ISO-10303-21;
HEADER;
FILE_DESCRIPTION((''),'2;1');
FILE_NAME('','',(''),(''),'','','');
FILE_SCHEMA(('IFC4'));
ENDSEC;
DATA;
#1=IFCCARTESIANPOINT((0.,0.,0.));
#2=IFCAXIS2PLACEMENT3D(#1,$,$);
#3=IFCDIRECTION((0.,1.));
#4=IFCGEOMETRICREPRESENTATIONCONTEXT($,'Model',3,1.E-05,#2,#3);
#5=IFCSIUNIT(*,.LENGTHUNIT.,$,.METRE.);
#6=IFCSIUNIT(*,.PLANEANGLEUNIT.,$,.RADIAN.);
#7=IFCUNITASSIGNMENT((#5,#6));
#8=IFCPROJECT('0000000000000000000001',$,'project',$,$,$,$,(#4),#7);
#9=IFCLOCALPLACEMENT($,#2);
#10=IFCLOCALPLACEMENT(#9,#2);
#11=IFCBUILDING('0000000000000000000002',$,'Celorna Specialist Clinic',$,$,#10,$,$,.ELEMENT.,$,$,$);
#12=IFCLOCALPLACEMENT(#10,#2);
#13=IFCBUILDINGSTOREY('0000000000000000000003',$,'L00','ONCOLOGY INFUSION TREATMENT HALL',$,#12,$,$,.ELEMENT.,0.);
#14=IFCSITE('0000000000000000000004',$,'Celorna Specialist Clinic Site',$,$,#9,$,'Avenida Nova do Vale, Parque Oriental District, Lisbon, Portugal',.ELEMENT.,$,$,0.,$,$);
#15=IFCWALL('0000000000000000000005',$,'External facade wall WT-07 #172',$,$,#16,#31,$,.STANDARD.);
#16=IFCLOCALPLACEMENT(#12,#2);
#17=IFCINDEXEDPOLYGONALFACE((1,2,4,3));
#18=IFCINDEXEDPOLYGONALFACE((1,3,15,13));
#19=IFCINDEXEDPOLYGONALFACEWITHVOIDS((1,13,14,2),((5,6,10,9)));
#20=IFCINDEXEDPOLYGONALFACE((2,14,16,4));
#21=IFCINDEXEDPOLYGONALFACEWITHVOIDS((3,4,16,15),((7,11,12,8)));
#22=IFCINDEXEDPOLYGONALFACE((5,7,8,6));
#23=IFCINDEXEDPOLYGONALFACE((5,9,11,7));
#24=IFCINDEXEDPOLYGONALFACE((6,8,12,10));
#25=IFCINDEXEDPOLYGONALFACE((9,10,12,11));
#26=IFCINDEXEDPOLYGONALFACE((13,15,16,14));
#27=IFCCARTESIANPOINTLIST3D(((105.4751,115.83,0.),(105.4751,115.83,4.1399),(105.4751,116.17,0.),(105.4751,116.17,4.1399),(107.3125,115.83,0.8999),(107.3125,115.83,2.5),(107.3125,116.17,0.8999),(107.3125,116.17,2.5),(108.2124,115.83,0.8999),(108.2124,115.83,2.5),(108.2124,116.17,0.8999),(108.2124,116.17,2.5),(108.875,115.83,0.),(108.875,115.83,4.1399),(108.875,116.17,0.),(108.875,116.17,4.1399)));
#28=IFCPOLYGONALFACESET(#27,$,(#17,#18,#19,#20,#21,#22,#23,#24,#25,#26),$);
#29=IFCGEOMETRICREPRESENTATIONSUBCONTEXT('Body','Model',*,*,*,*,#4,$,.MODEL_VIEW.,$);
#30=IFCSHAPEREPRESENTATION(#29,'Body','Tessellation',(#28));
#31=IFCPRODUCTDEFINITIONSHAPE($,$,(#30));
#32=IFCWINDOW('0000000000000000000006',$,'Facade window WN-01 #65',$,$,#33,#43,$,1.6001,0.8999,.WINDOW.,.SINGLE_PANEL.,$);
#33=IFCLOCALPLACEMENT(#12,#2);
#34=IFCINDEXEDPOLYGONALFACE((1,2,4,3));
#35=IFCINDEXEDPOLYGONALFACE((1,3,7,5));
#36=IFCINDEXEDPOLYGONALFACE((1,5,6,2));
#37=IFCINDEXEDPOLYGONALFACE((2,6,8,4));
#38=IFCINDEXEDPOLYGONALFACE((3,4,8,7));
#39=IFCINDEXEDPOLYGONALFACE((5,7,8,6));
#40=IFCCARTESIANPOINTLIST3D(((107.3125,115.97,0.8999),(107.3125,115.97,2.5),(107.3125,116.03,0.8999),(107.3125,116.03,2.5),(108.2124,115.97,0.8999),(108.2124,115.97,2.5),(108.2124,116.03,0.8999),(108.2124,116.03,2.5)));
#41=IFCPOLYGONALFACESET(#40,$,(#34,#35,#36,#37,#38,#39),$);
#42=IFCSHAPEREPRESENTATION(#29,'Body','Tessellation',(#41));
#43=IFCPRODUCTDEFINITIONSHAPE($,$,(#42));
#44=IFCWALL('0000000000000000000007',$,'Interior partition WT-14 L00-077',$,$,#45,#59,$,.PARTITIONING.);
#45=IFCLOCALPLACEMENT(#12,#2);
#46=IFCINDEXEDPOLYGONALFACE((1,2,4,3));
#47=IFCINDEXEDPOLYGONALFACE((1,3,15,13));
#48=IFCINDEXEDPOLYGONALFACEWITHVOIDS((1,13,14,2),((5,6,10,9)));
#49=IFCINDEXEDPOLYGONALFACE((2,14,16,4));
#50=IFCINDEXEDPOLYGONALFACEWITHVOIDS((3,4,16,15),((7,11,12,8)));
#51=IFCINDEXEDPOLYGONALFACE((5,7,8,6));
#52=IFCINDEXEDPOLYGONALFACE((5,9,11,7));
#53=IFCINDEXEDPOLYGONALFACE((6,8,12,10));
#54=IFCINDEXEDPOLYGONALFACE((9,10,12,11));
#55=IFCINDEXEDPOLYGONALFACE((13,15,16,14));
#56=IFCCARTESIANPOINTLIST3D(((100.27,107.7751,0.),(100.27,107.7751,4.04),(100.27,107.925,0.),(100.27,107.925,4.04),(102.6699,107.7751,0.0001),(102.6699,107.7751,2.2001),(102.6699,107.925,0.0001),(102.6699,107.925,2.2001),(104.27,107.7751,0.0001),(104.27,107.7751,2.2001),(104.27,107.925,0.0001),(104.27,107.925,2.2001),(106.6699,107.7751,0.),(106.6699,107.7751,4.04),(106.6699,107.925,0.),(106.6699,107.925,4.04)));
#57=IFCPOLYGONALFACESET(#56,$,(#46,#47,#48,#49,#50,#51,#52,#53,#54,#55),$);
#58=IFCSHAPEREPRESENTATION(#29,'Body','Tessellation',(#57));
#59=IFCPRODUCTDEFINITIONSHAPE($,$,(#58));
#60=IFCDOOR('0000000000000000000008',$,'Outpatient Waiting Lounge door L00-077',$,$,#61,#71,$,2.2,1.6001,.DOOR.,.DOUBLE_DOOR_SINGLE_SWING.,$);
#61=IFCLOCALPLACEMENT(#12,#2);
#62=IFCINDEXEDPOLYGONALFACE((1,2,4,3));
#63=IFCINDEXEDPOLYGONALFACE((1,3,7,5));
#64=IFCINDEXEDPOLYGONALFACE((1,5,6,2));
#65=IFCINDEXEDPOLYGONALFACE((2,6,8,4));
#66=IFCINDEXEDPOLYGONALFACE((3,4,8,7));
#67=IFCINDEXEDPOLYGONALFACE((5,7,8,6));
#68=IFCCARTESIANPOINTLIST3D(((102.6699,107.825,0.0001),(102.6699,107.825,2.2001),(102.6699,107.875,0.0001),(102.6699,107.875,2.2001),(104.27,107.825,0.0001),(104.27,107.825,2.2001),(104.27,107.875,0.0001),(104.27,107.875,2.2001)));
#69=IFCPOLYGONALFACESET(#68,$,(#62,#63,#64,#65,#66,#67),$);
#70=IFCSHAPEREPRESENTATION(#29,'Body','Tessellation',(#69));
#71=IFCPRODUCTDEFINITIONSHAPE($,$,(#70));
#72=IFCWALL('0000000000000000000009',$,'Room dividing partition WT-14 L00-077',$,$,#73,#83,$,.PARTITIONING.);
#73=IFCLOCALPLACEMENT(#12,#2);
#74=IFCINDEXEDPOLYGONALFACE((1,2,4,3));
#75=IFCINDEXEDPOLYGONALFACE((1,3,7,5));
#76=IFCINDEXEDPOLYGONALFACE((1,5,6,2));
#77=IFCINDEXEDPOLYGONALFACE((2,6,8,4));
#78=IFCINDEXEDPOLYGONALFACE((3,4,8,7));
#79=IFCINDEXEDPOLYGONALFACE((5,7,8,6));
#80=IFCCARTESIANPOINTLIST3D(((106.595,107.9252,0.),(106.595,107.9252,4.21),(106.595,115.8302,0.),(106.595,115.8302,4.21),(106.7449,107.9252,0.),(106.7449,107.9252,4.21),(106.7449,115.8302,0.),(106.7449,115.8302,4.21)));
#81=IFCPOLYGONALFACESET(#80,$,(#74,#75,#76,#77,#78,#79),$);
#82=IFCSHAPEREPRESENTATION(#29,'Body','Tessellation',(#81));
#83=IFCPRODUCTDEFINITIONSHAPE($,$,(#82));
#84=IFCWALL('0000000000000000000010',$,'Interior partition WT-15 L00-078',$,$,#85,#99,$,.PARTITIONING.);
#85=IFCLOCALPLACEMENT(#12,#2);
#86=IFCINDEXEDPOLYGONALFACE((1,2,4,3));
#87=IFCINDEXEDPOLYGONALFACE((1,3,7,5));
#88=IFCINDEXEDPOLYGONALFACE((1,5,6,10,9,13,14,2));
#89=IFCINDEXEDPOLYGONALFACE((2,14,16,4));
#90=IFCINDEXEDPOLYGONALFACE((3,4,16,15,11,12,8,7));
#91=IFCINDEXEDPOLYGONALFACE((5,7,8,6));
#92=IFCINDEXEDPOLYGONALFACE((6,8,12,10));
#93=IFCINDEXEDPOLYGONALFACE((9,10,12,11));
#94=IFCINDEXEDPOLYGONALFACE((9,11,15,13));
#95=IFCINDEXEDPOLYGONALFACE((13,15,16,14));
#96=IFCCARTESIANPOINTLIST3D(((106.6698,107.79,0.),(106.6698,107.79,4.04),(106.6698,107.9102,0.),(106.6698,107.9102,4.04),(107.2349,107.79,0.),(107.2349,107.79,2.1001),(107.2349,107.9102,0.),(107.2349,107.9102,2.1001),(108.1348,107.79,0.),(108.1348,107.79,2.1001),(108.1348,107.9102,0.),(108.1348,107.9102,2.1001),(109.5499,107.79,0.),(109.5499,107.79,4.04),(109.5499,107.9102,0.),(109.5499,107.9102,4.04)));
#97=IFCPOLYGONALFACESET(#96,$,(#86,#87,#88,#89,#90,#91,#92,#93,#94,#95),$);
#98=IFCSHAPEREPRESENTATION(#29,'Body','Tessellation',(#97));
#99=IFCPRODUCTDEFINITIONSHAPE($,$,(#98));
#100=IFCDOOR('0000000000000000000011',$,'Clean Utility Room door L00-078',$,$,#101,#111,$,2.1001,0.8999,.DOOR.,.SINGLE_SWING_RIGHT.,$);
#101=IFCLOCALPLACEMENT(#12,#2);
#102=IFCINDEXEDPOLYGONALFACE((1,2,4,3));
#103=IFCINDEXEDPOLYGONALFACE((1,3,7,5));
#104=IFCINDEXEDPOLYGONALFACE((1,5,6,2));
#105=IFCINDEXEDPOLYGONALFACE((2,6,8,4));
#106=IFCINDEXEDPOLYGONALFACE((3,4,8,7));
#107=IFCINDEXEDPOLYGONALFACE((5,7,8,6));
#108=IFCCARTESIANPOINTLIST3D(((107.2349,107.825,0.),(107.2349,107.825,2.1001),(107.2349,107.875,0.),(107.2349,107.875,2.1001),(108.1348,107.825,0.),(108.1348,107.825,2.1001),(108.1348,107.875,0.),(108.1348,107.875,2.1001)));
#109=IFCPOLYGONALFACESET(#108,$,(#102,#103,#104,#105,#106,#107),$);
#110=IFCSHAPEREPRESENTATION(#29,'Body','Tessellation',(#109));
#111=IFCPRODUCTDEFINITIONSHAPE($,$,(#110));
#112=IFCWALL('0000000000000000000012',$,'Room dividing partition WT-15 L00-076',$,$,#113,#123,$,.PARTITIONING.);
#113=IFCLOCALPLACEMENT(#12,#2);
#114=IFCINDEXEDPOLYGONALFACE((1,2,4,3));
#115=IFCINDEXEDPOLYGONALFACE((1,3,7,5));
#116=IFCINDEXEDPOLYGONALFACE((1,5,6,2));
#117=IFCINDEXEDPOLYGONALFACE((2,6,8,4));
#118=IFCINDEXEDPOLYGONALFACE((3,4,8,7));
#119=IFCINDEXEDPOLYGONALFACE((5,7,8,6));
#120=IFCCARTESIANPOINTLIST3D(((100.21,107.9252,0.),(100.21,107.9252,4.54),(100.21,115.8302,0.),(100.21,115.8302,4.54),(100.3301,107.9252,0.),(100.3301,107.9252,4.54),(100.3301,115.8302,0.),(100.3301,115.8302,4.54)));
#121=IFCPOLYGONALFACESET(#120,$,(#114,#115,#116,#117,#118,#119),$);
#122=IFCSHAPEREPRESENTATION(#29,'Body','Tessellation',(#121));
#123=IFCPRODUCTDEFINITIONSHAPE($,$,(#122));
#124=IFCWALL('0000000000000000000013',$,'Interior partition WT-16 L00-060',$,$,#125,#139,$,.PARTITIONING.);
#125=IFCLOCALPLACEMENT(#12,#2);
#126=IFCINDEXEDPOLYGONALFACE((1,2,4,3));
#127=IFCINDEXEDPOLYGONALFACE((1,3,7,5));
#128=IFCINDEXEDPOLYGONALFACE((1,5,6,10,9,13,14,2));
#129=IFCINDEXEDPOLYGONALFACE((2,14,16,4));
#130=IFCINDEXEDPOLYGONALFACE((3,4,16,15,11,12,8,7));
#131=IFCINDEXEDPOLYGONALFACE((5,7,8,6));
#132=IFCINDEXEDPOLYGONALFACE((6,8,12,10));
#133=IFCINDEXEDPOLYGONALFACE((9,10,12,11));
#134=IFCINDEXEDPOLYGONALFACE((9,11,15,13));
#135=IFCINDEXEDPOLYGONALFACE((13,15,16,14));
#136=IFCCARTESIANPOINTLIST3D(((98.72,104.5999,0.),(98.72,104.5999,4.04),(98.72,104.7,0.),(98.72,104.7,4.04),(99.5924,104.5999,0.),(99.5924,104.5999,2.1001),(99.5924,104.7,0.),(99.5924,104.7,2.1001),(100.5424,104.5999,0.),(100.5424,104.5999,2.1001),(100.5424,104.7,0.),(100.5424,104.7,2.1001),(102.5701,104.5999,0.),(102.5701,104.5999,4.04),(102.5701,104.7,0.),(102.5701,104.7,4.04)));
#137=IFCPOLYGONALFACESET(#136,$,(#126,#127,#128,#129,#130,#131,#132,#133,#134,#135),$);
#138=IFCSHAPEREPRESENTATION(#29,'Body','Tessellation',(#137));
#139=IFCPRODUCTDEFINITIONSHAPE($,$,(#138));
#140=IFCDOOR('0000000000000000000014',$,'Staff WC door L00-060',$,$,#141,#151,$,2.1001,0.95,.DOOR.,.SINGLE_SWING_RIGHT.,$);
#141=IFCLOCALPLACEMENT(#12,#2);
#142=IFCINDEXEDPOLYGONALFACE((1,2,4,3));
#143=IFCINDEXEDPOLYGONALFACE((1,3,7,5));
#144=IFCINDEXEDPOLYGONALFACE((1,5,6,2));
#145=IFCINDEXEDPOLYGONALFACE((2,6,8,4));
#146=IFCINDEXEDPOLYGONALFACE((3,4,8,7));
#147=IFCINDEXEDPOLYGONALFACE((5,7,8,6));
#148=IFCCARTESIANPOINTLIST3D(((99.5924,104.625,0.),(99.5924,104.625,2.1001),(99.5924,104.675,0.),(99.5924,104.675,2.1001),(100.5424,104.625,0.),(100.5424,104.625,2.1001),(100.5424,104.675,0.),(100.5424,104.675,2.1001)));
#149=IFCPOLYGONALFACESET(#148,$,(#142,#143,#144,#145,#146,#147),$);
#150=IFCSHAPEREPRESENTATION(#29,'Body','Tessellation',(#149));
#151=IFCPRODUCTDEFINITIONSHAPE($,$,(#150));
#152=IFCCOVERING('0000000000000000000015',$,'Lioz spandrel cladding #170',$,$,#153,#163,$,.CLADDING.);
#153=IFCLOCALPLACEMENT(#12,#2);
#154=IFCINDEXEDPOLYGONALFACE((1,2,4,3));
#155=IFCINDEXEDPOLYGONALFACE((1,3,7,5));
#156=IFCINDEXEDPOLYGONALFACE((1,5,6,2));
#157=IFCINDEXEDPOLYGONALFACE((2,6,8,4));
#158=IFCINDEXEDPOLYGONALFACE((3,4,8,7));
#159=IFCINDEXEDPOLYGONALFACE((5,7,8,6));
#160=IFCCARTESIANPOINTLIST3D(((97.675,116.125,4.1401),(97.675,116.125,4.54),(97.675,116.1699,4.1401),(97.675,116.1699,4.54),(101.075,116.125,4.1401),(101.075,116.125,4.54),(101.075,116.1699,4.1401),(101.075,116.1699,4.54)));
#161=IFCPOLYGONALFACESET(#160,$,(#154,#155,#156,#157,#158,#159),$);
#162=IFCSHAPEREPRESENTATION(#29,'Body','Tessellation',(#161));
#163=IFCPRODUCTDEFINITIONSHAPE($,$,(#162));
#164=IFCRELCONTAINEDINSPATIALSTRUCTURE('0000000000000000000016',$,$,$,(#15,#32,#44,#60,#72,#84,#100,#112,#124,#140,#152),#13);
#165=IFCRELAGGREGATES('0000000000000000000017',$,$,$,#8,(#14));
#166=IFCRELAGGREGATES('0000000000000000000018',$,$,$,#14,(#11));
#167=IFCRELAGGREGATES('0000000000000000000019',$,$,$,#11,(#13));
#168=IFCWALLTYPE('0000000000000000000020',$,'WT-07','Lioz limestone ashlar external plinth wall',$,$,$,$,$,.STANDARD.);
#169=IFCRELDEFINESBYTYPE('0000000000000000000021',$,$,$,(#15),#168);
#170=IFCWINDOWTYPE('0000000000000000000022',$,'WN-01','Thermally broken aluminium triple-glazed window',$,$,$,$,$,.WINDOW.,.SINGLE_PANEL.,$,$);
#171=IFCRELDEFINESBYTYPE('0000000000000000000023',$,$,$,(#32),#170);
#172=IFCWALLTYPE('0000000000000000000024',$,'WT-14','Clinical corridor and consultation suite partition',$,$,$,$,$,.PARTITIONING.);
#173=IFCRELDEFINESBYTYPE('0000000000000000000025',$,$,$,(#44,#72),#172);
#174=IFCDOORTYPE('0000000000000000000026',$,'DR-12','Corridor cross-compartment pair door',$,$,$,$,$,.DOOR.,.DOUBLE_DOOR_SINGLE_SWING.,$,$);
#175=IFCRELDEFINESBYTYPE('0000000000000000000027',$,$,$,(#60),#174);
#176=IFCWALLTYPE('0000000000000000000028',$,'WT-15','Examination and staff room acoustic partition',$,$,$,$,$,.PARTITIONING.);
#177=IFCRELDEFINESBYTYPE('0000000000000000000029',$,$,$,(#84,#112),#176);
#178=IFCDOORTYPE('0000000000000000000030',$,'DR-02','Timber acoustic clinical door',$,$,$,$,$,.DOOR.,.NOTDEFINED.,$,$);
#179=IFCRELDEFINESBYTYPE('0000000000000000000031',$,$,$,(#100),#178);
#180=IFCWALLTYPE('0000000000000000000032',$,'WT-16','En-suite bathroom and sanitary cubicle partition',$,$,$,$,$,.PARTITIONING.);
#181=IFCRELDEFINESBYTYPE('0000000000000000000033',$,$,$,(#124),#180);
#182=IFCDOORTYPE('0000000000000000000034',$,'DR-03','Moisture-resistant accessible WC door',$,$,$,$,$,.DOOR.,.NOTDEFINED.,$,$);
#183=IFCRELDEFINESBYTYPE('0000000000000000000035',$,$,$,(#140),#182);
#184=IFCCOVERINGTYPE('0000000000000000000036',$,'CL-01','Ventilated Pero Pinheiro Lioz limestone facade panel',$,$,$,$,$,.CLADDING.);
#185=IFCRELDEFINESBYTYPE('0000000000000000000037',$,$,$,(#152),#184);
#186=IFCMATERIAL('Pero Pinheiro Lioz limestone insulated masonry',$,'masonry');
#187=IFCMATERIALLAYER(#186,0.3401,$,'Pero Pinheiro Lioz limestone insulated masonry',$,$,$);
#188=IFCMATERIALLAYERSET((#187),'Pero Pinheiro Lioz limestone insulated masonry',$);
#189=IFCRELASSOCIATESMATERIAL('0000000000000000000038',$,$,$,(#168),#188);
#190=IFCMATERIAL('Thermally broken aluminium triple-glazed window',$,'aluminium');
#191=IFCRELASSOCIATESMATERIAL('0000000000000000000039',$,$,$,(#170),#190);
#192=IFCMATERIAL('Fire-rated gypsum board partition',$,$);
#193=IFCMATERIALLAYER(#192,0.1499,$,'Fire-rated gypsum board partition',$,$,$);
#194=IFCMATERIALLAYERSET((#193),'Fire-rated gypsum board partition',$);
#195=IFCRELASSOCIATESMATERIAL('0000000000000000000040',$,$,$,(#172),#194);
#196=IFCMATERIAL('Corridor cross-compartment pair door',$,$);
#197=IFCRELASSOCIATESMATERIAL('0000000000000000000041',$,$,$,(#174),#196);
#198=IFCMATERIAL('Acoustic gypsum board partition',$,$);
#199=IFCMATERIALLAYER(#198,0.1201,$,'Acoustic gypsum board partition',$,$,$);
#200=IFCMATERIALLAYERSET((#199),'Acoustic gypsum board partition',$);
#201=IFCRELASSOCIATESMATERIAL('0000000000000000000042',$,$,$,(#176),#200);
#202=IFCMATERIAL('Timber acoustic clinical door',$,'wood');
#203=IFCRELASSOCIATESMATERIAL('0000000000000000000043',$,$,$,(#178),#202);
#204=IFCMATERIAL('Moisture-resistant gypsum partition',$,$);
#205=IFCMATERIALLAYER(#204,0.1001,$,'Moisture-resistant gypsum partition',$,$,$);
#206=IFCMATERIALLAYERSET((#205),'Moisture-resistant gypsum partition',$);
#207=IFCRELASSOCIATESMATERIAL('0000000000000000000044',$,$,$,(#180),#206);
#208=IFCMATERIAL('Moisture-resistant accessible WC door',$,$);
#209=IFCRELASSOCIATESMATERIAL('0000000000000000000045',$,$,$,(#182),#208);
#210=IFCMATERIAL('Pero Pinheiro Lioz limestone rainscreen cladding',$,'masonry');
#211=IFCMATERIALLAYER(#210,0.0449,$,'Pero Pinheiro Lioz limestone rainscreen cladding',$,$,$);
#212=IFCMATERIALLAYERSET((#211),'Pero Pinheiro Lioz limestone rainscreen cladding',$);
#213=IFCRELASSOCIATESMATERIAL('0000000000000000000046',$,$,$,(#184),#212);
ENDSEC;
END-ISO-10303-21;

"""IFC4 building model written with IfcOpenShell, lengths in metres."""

from ifc_helpers import new_model, si_unit, direction, frame, frame_2d, origin, origin_2d, place, context, subcontext, project, spatial, rectangle, extrude, material, layer, layer_set, type_object, element, fill, save


model = new_model("IFC4")

# Units and contexts
model_context = context("Model", 3, precision=1e-05, world=origin(), true_north=direction((0.0, 1.0)))
body_context = subcontext(model_context, "Body", "Model", "MODEL_VIEW")
ifc_project = project(units=[si_unit("LENGTHUNIT", "METRE"), si_unit("PLANEANGLEUNIT", "RADIAN")], contexts=[model_context])

# Site, building, storey
site_placement = place(None, origin())
site = spatial("IfcSite", under=ifc_project, at=site_placement, Name="Celorna Specialist Clinic Site", LongName="Avenida Nova do Vale, Parque Oriental District, Lisbon, Portugal", CompositionType="ELEMENT", RefElevation=0.0)
building_placement = place(site_placement, origin())
building = spatial("IfcBuilding", under=site, at=building_placement, Name="Celorna Specialist Clinic", CompositionType="ELEMENT")
storey_placement = place(building_placement, origin())
storey = spatial("IfcBuildingStorey", under=building, at=storey_placement, Name="L00", Description="ONCOLOGY INFUSION TREATMENT HALL", CompositionType="ELEMENT", Elevation=0.0)

# Wall, opening, window
ifc_material_1 = material(Name="Pero Pinheiro Lioz limestone insulated masonry", Category="masonry")
ifc_layer_1 = layer(ifc_material_1, 0.3401, Name="Pero Pinheiro Lioz limestone insulated masonry")
ifc_layer_set_1 = layer_set([ifc_layer_1], Name="Pero Pinheiro Lioz limestone insulated masonry")
wall_type_1 = type_object("IfcWallType", Name="WT-07", Description="Lioz limestone ashlar external plinth wall", PredefinedType="STANDARD", material=ifc_layer_set_1)
ifc_material_2 = material(Name="Thermally broken aluminium triple-glazed window", Category="aluminium")
wall_1_placement = place(storey_placement, frame((105.4751, 116.0, 0.0), z_axis=(0.0, 0.0, 1.0), x_axis=(1.0, 0.0, 0.0)))
wall_1 = element("IfcWall", 1, at=wall_1_placement, inside=storey, type_object=wall_type_1, Name="External facade wall WT-07 #172", PredefinedType="STANDARD", context=body_context, shape_type="SweptSolid", body=[
    extrude(rectangle(XDim=3.3999, YDim=0.3401, at=frame_2d((1.7, 0.0))), origin(), (0.0, 0.0, 1.0), 4.1399),
])
opening_1_placement = place(wall_1_placement, frame((1.8374, 0.0, 0.8999)))
opening_1 = element("IfcOpeningElement", 2, at=opening_1_placement, cuts=wall_1, PredefinedType="OPENING", context=body_context, shape_type="SweptSolid", body=[
    extrude(rectangle(XDim=0.8999, YDim=1.6001, at=frame_2d((0.45, 0.8))), frame((0.0, 0.1799, 0.0), z_axis=(0.0, -1.0, 0.0), x_axis=(1.0, 0.0, 0.0)), (0.0, 0.0, 1.0), 0.3601),
])
window_type_1 = type_object("IfcWindowType", Name="WN-01", Description="Thermally broken aluminium triple-glazed window", PartitioningType="SINGLE_PANEL", PredefinedType="WINDOW", material=ifc_material_2)
window_1_placement = place(opening_1_placement, origin())
window_1 = element("IfcWindow", 3, at=window_1_placement, inside=storey, type_object=window_type_1, Name="Facade window WN-01 #65", OverallHeight=1.6001, OverallWidth=0.8999, PartitioningType="SINGLE_PANEL", PredefinedType="WINDOW", context=body_context, shape_type="SweptSolid", body=[
    extrude(rectangle(XDim=0.8999, YDim=1.6001, at=frame_2d((0.45, 0.8))), frame((0.0, 0.03, 0.0), z_axis=(0.0, -1.0, 0.0), x_axis=(1.0, 0.0, 0.0)), (0.0, 0.0, 1.0), 0.0601),
])
fill(opening_1, window_1)

# Wall, opening, door
ifc_material_3 = material(Name="Fire-rated gypsum board partition")
ifc_layer_2 = layer(ifc_material_3, 0.1499, Name="Fire-rated gypsum board partition")
ifc_layer_set_2 = layer_set([ifc_layer_2], Name="Fire-rated gypsum board partition")
wall_type_2 = type_object("IfcWallType", Name="WT-14", Description="Clinical corridor and consultation suite partition", PredefinedType="PARTITIONING", material=ifc_layer_set_2)
wall_2_placement = place(storey_placement, frame((100.27, 107.8501, 0.0), z_axis=(0.0, 0.0, 1.0), x_axis=(1.0, 0.0, 0.0)))
wall_2 = element("IfcWall", 4, at=wall_2_placement, inside=storey, type_object=wall_type_2, Name="Interior partition WT-14 L00-077", PredefinedType="PARTITIONING", context=body_context, shape_type="SweptSolid", body=[
    extrude(rectangle(XDim=6.3999, YDim=0.1499, at=frame_2d((3.2, 0.0))), origin(), (0.0, 0.0, 1.0), 4.04),
])
opening_2_placement = place(wall_2_placement, frame((2.3999, 0.0, 0.0)))
opening_2 = element("IfcOpeningElement", 5, at=opening_2_placement, cuts=wall_2, PredefinedType="OPENING", context=body_context, shape_type="SweptSolid", body=[
    extrude(rectangle(XDim=1.6001, YDim=2.2, at=frame_2d((0.8, 1.1001))), frame((0.0, 0.085, 0.0), z_axis=(0.0, -1.0, 0.0), x_axis=(1.0, 0.0, 0.0)), (0.0, 0.0, 1.0), 0.1699),
])
ifc_material_4 = material(Name="Corridor cross-compartment pair door")
door_type_1 = type_object("IfcDoorType", Name="DR-12", Description="Corridor cross-compartment pair door", OperationType="DOUBLE_DOOR_SINGLE_SWING", PredefinedType="DOOR", material=ifc_material_4)
door_1_placement = place(opening_2_placement, origin())
door_1 = element("IfcDoor", 6, at=door_1_placement, inside=storey, type_object=door_type_1, Name="Outpatient Waiting Lounge door L00-077", OperationType="DOUBLE_DOOR_SINGLE_SWING", OverallHeight=2.2, OverallWidth=1.6001, PredefinedType="DOOR", context=body_context, shape_type="SweptSolid", body=[
    extrude(rectangle(XDim=1.6001, YDim=2.2, at=frame_2d((0.8, 1.1001))), frame((0.0, 0.0249, 0.0), z_axis=(0.0, -1.0, 0.0), x_axis=(1.0, 0.0, 0.0)), (0.0, 0.0, 1.0), 0.05),
])
fill(opening_2, door_1)

# Wall
wall_3_placement = place(storey_placement, frame((106.6699, 107.925, 0.0), z_axis=(0.0, 0.0, 1.0), x_axis=(0.0, 1.0, 0.0)))
element("IfcWall", 7, at=wall_3_placement, inside=storey, type_object=wall_type_2, Name="Room dividing partition WT-14 L00-077", PredefinedType="PARTITIONING", context=body_context, shape_type="SweptSolid", body=[
    extrude(rectangle(XDim=7.905, YDim=0.1499, at=frame_2d((3.9526, 0.0))), origin(), (0.0, 0.0, 1.0), 4.21),
])

# Wall, opening, door
ifc_material_5 = material(Name="Acoustic gypsum board partition")
ifc_layer_3 = layer(ifc_material_5, 0.1201, Name="Acoustic gypsum board partition")
ifc_layer_set_3 = layer_set([ifc_layer_3], Name="Acoustic gypsum board partition")
wall_type_3 = type_object("IfcWallType", Name="WT-15", Description="Examination and staff room acoustic partition", PredefinedType="PARTITIONING", material=ifc_layer_set_3)
wall_4_placement = place(storey_placement, frame((106.6699, 107.8501, 0.0), z_axis=(0.0, 0.0, 1.0), x_axis=(1.0, 0.0, 0.0)))
wall_4 = element("IfcWall", 8, at=wall_4_placement, inside=storey, type_object=wall_type_3, Name="Interior partition WT-15 L00-078", PredefinedType="PARTITIONING", context=body_context, shape_type="SweptSolid", body=[
    extrude(rectangle(XDim=2.8801, YDim=0.1201, at=frame_2d((1.4399, 0.0))), origin(), (0.0, 0.0, 1.0), 4.04),
])
opening_3_placement = place(wall_4_placement, frame((0.5649, 0.0, 0.0)))
opening_3 = element("IfcOpeningElement", 9, at=opening_3_placement, cuts=wall_4, PredefinedType="OPENING", context=body_context, shape_type="SweptSolid", body=[
    extrude(rectangle(XDim=0.8999, YDim=2.1001, at=frame_2d((0.45, 1.05))), frame((0.0, 0.0701, 0.0), z_axis=(0.0, -1.0, 0.0), x_axis=(1.0, 0.0, 0.0)), (0.0, 0.0, 1.0), 0.1401),
])
ifc_material_6 = material(Name="Timber acoustic clinical door", Category="wood")
door_type_2 = type_object("IfcDoorType", Name="DR-02", Description="Timber acoustic clinical door", OperationType="NOTDEFINED", PredefinedType="DOOR", material=ifc_material_6)
door_2_placement = place(opening_3_placement, origin())
door_2 = element("IfcDoor", 10, at=door_2_placement, inside=storey, type_object=door_type_2, Name="Clean Utility Room door L00-078", OperationType="SINGLE_SWING_RIGHT", OverallHeight=2.1001, OverallWidth=0.8999, PredefinedType="DOOR", context=body_context, shape_type="SweptSolid", body=[
    extrude(rectangle(XDim=0.8999, YDim=2.1001, at=frame_2d((0.45, 1.05))), frame((0.0, 0.0249, 0.0), z_axis=(0.0, -1.0, 0.0), x_axis=(1.0, 0.0, 0.0)), (0.0, 0.0, 1.0), 0.05),
])
fill(opening_3, door_2)

# Wall
wall_5_placement = place(storey_placement, frame((100.27, 107.925, 0.0), z_axis=(0.0, 0.0, 1.0), x_axis=(0.0, 1.0, 0.0)))
element("IfcWall", 11, at=wall_5_placement, inside=storey, type_object=wall_type_3, Name="Room dividing partition WT-15 L00-076", PredefinedType="PARTITIONING", context=body_context, shape_type="SweptSolid", body=[
    extrude(rectangle(XDim=7.905, YDim=0.1201, at=frame_2d((3.9526, 0.0))), origin(), (0.0, 0.0, 1.0), 4.54),
])

# Wall, opening, door
ifc_material_7 = material(Name="Moisture-resistant gypsum partition")
ifc_layer_4 = layer(ifc_material_7, 0.1001, Name="Moisture-resistant gypsum partition")
ifc_layer_set_4 = layer_set([ifc_layer_4], Name="Moisture-resistant gypsum partition")
wall_type_4 = type_object("IfcWallType", Name="WT-16", Description="En-suite bathroom and sanitary cubicle partition", PredefinedType="PARTITIONING", material=ifc_layer_set_4)
wall_6_placement = place(storey_placement, frame((102.5701, 104.6499, 0.0), z_axis=(0.0, 0.0, 1.0), x_axis=(-1.0, 0.0, 0.0)))
wall_6 = element("IfcWall", 12, at=wall_6_placement, inside=storey, type_object=wall_type_4, Name="Interior partition WT-16 L00-060", PredefinedType="PARTITIONING", context=body_context, shape_type="SweptSolid", body=[
    extrude(rectangle(XDim=3.8501, YDim=0.1001, at=frame_2d((1.925, 0.0))), origin(), (0.0, 0.0, 1.0), 4.04),
])
opening_4_placement = place(wall_6_placement, frame((2.0276, 0.0, 0.0)))
opening_4 = element("IfcOpeningElement", 13, at=opening_4_placement, cuts=wall_6, PredefinedType="OPENING", context=body_context, shape_type="SweptSolid", body=[
    extrude(rectangle(XDim=0.95, YDim=2.1001, at=frame_2d((0.4751, 1.05))), frame((0.0, 0.0601, 0.0), z_axis=(0.0, -1.0, 0.0), x_axis=(1.0, 0.0, 0.0)), (0.0, 0.0, 1.0), 0.1201),
])
ifc_material_8 = material(Name="Moisture-resistant accessible WC door")
door_type_3 = type_object("IfcDoorType", Name="DR-03", Description="Moisture-resistant accessible WC door", OperationType="NOTDEFINED", PredefinedType="DOOR", material=ifc_material_8)
door_3_placement = place(opening_4_placement, origin())
door_3 = element("IfcDoor", 14, at=door_3_placement, inside=storey, type_object=door_type_3, Name="Staff WC door L00-060", OperationType="SINGLE_SWING_RIGHT", OverallHeight=2.1001, OverallWidth=0.95, PredefinedType="DOOR", context=body_context, shape_type="SweptSolid", body=[
    extrude(rectangle(XDim=0.95, YDim=2.1001, at=frame_2d((0.4751, 1.05))), frame((0.0, 0.0249, 0.0), z_axis=(0.0, -1.0, 0.0), x_axis=(1.0, 0.0, 0.0)), (0.0, 0.0, 1.0), 0.05),
])
fill(opening_4, door_3)

# Covering
ifc_material_9 = material(Name="Pero Pinheiro Lioz limestone rainscreen cladding", Category="masonry")
ifc_layer_5 = layer(ifc_material_9, 0.0449, Name="Pero Pinheiro Lioz limestone rainscreen cladding")
ifc_layer_set_5 = layer_set([ifc_layer_5], Name="Pero Pinheiro Lioz limestone rainscreen cladding")
covering_type = type_object("IfcCoveringType", Name="CL-01", Description="Ventilated Pero Pinheiro Lioz limestone facade panel", PredefinedType="CLADDING", material=ifc_layer_set_5)
for number, where, z_axis, x_axis, name in (
    (15, (99.375, 116.1475, 4.1401), (0.0, 0.0, 1.0), (1.0, 0.0, 0.0), "Lioz spandrel cladding #170"),
):
    element("IfcCovering", number, at=place(storey_placement, frame(where, z_axis=z_axis, x_axis=x_axis)), inside=storey, type_object=covering_type, Name=name, PredefinedType="CLADDING", context=body_context, shape_type="SweptSolid", body=[
        extrude(rectangle(XDim=3.3999, YDim=0.0449, at=origin_2d()), origin(), (0.0, 0.0, 1.0), 0.3999),
    ])

save(model, "model.ifc")
